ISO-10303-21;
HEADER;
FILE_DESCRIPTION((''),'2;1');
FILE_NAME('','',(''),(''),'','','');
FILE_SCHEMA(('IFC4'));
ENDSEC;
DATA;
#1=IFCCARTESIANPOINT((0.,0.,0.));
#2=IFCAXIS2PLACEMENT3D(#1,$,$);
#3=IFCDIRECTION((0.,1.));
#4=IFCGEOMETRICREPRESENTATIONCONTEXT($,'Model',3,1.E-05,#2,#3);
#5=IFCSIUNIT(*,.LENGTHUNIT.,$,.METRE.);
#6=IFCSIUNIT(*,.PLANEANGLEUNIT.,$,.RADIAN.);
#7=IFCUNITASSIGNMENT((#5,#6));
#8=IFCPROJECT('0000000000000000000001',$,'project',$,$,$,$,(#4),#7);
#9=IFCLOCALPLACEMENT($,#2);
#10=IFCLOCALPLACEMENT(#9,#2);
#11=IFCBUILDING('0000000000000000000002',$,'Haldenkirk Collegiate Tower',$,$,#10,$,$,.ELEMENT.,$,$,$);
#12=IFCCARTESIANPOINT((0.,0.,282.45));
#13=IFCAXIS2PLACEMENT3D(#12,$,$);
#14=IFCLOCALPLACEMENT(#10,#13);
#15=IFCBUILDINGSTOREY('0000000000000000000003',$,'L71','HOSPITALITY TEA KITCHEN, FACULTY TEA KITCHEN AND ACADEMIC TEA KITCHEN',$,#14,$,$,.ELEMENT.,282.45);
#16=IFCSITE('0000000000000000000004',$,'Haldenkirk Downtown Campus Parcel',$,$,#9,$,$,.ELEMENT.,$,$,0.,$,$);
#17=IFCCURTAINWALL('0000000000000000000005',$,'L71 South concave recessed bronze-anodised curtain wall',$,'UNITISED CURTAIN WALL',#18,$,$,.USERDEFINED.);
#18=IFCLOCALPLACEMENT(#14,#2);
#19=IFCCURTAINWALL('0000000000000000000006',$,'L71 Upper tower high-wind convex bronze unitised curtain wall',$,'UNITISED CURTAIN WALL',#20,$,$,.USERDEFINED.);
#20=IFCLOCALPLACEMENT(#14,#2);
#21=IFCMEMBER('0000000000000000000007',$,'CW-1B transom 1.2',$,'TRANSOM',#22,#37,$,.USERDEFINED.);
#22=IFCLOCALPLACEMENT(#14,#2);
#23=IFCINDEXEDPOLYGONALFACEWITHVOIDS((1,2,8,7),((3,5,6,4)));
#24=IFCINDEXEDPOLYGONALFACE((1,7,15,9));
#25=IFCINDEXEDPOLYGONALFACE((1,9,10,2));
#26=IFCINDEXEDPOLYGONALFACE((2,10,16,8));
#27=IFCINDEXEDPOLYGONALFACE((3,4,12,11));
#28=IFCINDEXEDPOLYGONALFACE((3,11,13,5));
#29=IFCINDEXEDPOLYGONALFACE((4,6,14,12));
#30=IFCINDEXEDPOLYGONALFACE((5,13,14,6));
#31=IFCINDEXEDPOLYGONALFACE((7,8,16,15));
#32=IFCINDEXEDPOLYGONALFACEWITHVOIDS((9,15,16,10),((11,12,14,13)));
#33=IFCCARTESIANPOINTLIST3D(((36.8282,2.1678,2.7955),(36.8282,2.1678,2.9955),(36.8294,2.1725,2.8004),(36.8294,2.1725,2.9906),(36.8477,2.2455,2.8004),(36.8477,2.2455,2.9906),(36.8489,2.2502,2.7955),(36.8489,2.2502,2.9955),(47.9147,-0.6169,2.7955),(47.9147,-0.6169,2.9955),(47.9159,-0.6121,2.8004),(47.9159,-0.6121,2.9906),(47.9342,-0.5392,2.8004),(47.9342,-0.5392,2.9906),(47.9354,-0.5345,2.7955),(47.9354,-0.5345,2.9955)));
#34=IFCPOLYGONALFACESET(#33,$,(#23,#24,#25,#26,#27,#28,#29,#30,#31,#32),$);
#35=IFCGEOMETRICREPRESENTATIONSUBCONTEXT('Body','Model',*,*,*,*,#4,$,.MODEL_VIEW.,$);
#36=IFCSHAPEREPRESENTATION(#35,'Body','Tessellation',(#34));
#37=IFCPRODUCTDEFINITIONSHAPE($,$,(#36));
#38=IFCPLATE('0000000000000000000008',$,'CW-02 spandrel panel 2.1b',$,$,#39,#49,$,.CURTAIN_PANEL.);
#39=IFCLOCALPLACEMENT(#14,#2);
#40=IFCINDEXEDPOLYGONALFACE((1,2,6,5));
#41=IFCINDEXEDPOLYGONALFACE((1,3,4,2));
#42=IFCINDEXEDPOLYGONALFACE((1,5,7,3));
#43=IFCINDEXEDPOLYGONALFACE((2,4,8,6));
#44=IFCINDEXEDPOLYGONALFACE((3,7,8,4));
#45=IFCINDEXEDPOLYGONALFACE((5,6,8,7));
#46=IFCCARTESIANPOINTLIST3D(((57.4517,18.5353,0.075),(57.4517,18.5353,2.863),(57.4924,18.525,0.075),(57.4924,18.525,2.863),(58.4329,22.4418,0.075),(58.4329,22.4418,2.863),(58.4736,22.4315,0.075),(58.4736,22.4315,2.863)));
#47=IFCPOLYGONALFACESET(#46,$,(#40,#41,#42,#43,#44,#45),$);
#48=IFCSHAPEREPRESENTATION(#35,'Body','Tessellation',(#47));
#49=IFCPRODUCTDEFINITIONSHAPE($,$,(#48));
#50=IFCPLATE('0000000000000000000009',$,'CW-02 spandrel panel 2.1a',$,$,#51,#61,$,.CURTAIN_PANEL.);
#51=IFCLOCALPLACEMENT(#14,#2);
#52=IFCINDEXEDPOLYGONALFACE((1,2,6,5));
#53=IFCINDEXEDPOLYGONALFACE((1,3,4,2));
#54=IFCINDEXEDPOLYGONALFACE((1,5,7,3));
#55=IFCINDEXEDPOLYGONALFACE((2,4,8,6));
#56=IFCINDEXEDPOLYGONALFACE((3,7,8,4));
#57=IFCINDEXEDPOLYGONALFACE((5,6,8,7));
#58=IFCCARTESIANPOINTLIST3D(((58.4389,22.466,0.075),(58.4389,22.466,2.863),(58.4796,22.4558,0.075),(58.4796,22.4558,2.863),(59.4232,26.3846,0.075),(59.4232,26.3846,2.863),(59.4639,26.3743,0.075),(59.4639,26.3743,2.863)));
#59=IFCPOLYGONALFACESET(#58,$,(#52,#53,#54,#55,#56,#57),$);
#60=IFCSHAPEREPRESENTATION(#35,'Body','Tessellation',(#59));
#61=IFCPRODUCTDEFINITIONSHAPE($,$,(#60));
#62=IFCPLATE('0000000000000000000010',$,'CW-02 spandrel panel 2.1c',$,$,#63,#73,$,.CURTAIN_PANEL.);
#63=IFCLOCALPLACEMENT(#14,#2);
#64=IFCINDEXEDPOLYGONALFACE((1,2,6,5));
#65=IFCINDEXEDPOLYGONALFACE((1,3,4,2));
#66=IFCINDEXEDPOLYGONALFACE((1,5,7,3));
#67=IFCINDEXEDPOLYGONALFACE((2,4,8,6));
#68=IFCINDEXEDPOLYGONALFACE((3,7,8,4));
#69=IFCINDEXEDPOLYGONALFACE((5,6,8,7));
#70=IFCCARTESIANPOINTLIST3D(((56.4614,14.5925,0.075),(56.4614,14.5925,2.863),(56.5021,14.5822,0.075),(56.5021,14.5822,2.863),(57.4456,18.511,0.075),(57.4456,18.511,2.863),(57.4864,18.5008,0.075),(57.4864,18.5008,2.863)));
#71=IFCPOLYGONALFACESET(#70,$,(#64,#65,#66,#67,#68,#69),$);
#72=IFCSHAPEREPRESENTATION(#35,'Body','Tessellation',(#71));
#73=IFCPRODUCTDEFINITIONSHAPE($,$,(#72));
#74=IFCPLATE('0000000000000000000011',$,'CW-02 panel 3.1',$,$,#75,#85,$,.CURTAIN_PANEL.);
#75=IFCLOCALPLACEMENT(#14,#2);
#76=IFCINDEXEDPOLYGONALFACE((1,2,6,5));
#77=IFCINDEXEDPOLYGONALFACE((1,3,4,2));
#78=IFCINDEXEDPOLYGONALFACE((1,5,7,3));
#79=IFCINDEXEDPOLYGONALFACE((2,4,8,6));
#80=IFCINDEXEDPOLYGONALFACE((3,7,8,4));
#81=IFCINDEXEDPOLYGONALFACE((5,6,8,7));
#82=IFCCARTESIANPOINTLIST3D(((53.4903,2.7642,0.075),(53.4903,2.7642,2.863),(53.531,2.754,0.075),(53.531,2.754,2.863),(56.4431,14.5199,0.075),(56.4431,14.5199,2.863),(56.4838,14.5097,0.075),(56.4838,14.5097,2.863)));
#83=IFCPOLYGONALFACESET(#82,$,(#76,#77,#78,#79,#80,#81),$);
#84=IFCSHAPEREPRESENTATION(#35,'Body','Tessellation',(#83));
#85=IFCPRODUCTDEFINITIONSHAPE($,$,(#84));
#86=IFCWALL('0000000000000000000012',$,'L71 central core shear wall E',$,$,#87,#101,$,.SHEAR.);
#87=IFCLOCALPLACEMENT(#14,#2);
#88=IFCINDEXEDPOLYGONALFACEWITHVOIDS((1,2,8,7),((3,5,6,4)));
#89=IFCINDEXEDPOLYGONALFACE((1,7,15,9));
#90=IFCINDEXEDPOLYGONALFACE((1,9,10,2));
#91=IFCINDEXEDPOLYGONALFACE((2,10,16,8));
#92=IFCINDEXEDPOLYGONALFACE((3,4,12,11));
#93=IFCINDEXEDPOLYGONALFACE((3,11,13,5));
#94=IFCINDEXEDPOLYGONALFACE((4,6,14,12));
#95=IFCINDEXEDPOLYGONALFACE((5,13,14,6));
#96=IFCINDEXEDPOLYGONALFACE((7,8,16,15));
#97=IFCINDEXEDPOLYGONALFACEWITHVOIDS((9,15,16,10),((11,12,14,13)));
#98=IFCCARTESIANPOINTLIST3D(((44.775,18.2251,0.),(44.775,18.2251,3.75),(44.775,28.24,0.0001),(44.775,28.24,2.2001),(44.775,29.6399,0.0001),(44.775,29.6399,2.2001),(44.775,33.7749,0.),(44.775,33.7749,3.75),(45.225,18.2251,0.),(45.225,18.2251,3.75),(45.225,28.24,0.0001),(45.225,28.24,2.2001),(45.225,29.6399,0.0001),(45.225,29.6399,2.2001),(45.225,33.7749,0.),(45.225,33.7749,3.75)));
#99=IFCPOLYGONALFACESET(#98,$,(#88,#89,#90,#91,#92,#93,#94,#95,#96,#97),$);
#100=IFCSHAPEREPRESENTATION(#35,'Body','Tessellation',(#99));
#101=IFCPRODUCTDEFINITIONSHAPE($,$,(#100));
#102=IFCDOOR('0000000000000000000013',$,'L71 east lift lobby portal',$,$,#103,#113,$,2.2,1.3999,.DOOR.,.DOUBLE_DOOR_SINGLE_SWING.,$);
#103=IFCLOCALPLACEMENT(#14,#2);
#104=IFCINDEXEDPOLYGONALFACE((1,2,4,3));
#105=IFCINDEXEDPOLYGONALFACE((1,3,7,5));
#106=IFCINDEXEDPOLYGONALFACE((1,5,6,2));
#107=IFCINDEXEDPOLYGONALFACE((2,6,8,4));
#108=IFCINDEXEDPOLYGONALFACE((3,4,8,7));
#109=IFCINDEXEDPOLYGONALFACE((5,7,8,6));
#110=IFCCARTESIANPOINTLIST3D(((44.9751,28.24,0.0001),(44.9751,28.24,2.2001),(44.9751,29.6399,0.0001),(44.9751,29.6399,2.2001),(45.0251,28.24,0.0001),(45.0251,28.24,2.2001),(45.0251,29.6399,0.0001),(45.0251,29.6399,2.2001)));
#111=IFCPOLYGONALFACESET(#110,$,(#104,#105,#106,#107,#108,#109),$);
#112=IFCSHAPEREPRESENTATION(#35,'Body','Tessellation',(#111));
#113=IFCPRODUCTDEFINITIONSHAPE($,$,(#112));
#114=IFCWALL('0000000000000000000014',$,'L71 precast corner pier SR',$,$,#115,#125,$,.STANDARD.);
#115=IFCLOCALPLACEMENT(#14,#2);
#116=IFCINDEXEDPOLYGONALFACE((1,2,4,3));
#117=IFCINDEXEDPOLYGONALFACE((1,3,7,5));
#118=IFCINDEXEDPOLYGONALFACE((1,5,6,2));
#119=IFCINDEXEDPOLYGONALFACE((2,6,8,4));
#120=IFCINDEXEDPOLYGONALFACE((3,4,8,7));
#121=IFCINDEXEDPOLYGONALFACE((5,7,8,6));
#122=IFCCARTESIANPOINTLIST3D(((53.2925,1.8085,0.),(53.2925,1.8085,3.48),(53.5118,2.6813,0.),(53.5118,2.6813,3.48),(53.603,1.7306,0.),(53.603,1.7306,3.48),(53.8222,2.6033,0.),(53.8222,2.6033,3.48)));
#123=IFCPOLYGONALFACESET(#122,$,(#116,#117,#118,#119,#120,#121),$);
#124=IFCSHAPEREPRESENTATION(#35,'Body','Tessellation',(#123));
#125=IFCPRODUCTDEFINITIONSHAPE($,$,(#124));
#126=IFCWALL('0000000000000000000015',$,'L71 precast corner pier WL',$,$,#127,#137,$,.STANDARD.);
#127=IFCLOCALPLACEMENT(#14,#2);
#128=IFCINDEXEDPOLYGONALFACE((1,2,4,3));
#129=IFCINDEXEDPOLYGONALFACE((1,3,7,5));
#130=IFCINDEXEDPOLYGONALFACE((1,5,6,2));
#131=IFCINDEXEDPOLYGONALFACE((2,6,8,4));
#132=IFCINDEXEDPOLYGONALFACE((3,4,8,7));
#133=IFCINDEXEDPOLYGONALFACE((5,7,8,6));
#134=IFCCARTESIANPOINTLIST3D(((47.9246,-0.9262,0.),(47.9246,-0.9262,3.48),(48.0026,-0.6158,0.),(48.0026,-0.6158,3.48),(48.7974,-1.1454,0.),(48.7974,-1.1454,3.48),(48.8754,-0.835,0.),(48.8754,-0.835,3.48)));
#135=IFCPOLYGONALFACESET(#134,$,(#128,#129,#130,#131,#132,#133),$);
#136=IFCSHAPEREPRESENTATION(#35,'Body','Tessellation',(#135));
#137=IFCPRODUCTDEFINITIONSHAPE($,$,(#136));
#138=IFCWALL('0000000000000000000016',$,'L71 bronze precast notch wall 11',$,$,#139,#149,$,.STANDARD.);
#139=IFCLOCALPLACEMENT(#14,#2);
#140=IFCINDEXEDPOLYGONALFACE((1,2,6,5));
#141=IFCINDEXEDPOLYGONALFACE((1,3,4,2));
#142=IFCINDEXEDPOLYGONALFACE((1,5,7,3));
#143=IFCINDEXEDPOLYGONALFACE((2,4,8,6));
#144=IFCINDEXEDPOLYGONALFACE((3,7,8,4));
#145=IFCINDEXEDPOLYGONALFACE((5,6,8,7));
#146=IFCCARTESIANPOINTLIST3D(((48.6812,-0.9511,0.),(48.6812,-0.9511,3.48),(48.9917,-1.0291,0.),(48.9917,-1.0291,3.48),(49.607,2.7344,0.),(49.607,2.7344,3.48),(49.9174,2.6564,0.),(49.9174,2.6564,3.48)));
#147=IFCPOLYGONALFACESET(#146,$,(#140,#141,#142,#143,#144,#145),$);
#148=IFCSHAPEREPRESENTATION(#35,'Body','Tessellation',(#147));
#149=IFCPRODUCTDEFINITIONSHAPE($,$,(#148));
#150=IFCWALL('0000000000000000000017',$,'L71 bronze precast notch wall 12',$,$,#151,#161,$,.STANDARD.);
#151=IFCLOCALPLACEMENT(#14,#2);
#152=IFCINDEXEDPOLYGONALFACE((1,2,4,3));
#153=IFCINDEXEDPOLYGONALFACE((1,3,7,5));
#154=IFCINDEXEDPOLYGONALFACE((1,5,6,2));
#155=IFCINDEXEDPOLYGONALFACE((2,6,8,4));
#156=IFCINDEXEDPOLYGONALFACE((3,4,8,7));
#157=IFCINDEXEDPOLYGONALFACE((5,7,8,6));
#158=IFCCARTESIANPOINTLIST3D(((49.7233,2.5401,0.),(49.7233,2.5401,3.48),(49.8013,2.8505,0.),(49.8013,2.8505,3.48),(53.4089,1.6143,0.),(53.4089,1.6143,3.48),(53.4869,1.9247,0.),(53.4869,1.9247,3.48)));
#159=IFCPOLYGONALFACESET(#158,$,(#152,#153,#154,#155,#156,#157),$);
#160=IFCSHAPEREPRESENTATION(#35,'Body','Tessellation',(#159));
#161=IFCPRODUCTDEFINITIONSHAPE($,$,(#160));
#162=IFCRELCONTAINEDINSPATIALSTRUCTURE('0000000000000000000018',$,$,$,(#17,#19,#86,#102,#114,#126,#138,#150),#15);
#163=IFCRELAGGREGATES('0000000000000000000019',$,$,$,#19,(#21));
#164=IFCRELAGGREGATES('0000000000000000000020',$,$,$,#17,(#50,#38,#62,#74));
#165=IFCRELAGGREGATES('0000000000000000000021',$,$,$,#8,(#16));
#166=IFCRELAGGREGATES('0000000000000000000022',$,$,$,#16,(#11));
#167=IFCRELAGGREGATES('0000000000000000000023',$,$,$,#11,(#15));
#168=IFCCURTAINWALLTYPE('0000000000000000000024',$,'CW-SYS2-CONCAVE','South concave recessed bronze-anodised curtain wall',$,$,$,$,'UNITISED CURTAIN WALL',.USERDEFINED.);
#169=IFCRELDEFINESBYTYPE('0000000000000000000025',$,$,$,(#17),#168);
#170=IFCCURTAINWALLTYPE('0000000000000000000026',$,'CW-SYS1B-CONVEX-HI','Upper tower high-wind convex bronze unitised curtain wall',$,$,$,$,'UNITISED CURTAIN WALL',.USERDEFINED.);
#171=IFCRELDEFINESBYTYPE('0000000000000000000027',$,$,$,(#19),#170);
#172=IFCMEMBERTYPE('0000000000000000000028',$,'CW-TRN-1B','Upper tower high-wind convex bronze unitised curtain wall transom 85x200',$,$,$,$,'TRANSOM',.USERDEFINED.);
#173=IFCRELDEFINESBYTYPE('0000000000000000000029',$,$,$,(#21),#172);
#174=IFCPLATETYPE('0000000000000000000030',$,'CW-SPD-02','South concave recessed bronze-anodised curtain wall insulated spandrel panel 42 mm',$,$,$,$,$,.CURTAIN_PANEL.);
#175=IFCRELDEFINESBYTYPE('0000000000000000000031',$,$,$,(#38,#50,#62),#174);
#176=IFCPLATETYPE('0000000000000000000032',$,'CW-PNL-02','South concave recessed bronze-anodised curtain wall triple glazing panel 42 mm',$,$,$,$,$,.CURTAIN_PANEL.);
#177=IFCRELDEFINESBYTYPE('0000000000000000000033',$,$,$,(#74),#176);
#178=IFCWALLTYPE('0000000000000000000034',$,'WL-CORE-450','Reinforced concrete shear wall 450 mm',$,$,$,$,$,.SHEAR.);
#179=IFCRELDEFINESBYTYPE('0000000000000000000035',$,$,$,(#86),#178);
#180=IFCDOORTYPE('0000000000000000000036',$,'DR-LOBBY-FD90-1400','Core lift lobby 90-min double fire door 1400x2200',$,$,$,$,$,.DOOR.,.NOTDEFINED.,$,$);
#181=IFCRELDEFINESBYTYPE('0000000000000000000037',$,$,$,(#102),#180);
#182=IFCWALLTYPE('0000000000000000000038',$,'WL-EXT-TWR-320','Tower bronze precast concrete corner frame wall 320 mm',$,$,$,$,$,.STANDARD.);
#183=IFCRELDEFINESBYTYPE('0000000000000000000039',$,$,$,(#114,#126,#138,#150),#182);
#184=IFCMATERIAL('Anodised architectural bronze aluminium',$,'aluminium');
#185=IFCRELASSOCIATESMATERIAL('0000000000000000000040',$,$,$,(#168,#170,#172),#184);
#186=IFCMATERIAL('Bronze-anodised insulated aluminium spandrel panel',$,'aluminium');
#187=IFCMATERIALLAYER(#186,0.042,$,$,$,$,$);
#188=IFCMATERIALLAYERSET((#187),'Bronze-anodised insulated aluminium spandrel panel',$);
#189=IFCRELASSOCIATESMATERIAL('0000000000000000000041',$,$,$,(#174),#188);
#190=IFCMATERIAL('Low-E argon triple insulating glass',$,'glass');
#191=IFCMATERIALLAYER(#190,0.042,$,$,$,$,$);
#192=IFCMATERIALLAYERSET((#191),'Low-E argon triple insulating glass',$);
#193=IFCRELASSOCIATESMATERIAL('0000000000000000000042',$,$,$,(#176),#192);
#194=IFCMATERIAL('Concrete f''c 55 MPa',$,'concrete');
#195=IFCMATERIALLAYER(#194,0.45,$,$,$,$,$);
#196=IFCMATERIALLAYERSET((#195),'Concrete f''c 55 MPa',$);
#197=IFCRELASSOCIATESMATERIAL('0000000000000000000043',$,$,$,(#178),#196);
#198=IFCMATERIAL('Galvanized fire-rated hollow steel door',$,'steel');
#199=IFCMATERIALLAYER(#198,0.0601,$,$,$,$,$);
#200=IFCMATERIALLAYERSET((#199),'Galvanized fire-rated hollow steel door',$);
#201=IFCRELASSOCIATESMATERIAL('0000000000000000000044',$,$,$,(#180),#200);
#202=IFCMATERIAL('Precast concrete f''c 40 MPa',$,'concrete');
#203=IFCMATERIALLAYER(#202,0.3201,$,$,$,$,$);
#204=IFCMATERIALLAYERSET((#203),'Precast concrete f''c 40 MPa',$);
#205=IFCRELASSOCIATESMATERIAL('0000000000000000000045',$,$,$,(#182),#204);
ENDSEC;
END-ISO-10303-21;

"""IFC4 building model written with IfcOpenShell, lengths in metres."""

from ifc_helpers import new_model, si_unit, direction, frame, frame_2d, origin, origin_2d, place, context, subcontext, project, spatial, rectangle, hollow_rectangle, extrude, source, transform, mapped, material, layer, layer_set, material_profile, profile_set, type_object, element, fill, aggregate, save


model = new_model("IFC4")

# Units and contexts
model_context = context("Model", 3, precision=1e-05, world=origin(), true_north=direction((0.0, 1.0)))
body_context = subcontext(model_context, "Body", "Model", "MODEL_VIEW")
ifc_project = project(units=[si_unit("LENGTHUNIT", "METRE"), si_unit("PLANEANGLEUNIT", "RADIAN")], contexts=[model_context])

# Site, building, storey
site_placement = place(None, origin())
site = spatial("IfcSite", under=ifc_project, at=site_placement, Name="Haldenkirk Downtown Campus Parcel", CompositionType="ELEMENT", RefElevation=0.0)
building_placement = place(site_placement, origin())
building = spatial("IfcBuilding", under=site, at=building_placement, Name="Haldenkirk Collegiate Tower", CompositionType="ELEMENT")
storey_placement = place(building_placement, frame((0.0, 0.0, 282.45)))
storey = spatial("IfcBuildingStorey", under=building, at=storey_placement, Name="L71", Description="HOSPITALITY TEA KITCHEN, FACULTY TEA KITCHEN AND ACADEMIC TEA KITCHEN", CompositionType="ELEMENT", Elevation=282.45)

# Curtain wall
ifc_material_1 = material(Name="Anodised architectural bronze aluminium", Category="aluminium")
curtain_wall_type_1 = type_object("IfcCurtainWallType", Name="CW-SYS2-CONCAVE", Description="South concave recessed bronze-anodised curtain wall", ElementType="UNITISED CURTAIN WALL", PredefinedType="USERDEFINED", material=ifc_material_1)
curtain_wall_1_placement = place(storey_placement, origin())
curtain_wall_1 = element("IfcCurtainWall", 1, at=curtain_wall_1_placement, inside=storey, type_object=curtain_wall_type_1, Name="L71 South concave recessed bronze-anodised curtain wall", ObjectType="UNITISED CURTAIN WALL", PredefinedType="USERDEFINED")

# Curtain wall
curtain_wall_type_2 = type_object("IfcCurtainWallType", Name="CW-SYS1B-CONVEX-HI", Description="Upper tower high-wind convex bronze unitised curtain wall", ElementType="UNITISED CURTAIN WALL", PredefinedType="USERDEFINED", material=ifc_material_1)
curtain_wall_2_placement = place(storey_placement, origin())
curtain_wall_2 = element("IfcCurtainWall", 2, at=curtain_wall_2_placement, inside=storey, type_object=curtain_wall_type_2, Name="L71 Upper tower high-wind convex bronze unitised curtain wall", ObjectType="UNITISED CURTAIN WALL", PredefinedType="USERDEFINED")

# Member
ifc_material_profile_1 = material_profile(ifc_material_1, hollow_rectangle(XDim=0.085, YDim=0.2, WallThickness=0.0049, at=origin_2d()), Name="CW-TRN-1B")
ifc_profile_set_1 = profile_set([ifc_material_profile_1], Name="Anodised architectural bronze aluminium")
member_type_1 = type_object("IfcMemberType", Name="CW-TRN-1B", Description="Upper tower high-wind convex bronze unitised curtain wall transom 85x200", ElementType="TRANSOM", PredefinedType="USERDEFINED", material=ifc_profile_set_1)
member_1_placement = place(storey_placement, frame((47.925, -0.5757, 2.8955), z_axis=(-0.969873, 0.243611, 0.0), x_axis=(-0.243611, -0.969873, 0.0)))
member_1 = element("IfcMember", 3, at=member_1_placement, type_object=member_type_1, Name="CW-1B transom 1.2", ObjectType="TRANSOM", PredefinedType="USERDEFINED", context=body_context, shape_type="SweptSolid", body=[
    extrude(hollow_rectangle(XDim=0.085, YDim=0.2, WallThickness=0.0049, at=origin_2d()), origin(), (0.0, 0.0, 1.0), 11.4309),
])
aggregate(curtain_wall_2, [member_1])

# Plates
ifc_material_2 = material(Name="Bronze-anodised insulated aluminium spandrel panel", Category="aluminium")
ifc_layer_1 = layer(ifc_material_2, 0.042)
ifc_layer_set_1 = layer_set([ifc_layer_1], Name="Bronze-anodised insulated aluminium spandrel panel")
plate_type_1 = type_object("IfcPlateType", Name="CW-SPD-02", Description="South concave recessed bronze-anodised curtain wall insulated spandrel panel 42 mm", PredefinedType="CURTAIN_PANEL", material=ifc_layer_set_1)
shared_shape_1 = source(origin(), body_context, "Body", "SweptSolid", [
    extrude(rectangle(XDim=4.0278, YDim=0.042, at=origin_2d()), origin(), (0.0, 0.0, 1.0), 2.7881),
])
plate_1_placement = place(storey_placement, frame((57.9626, 20.4834, 0.075), z_axis=(0.0, 0.0, 1.0), x_axis=(-0.243614, -0.969872, 0.0)))
plate_1 = element("IfcPlate", 4, at=plate_1_placement, type_object=plate_type_1, Name="CW-02 spandrel panel 2.1b", PredefinedType="CURTAIN_PANEL", context=body_context, shape_type="MappedRepresentation", body=[
    mapped(shared_shape_1, transform((0.0, 0.0, 0.0), x_axis=(1.0, 0.0, 0.0), y_axis=(0.0, 1.0, 0.0), z_axis=(0.0, 0.0, 1.0), scale=1.0)),
])
shared_shape_2 = source(origin(), body_context, "Body", "SweptSolid", [
    extrude(rectangle(XDim=4.0403, YDim=0.042, at=origin_2d()), origin(), (0.0, 0.0, 1.0), 2.7881),
])
plate_2_placement = place(storey_placement, frame((58.9514, 24.4202, 0.075), z_axis=(0.0, 0.0, 1.0), x_axis=(-0.243614, -0.969872, 0.0)))
plate_2 = element("IfcPlate", 5, at=plate_2_placement, type_object=plate_type_1, Name="CW-02 spandrel panel 2.1a", PredefinedType="CURTAIN_PANEL", context=body_context, shape_type="MappedRepresentation", body=[
    mapped(shared_shape_2, transform((0.0, 0.0, 0.0), x_axis=(1.0, 0.0, 0.0), y_axis=(0.0, 1.0, 0.0), z_axis=(0.0, 0.0, 1.0), scale=1.0)),
])
plate_3_placement = place(storey_placement, frame((56.9739, 16.5466, 0.075), z_axis=(0.0, 0.0, 1.0), x_axis=(-0.243614, -0.969872, 0.0)))
plate_3 = element("IfcPlate", 6, at=plate_3_placement, type_object=plate_type_1, Name="CW-02 spandrel panel 2.1c", PredefinedType="CURTAIN_PANEL", context=body_context, shape_type="MappedRepresentation", body=[
    mapped(shared_shape_2, transform((0.0, 0.0, 0.0), x_axis=(1.0, 0.0, 0.0), y_axis=(0.0, 1.0, 0.0), z_axis=(0.0, 0.0, 1.0), scale=1.0)),
])
ifc_material_3 = material(Name="Low-E argon triple insulating glass", Category="glass")
ifc_layer_2 = layer(ifc_material_3, 0.042)
ifc_layer_set_2 = layer_set([ifc_layer_2], Name="Low-E argon triple insulating glass")
plate_type_2 = type_object("IfcPlateType", Name="CW-PNL-02", Description="South concave recessed bronze-anodised curtain wall triple glazing panel 42 mm", PredefinedType="CURTAIN_PANEL", material=ifc_layer_set_2)
shared_shape_3 = source(origin(), body_context, "Body", "SweptSolid", [
    extrude(rectangle(XDim=12.1208, YDim=0.042, at=origin_2d()), origin(), (0.0, 0.0, 1.0), 2.7881),
])
plate_4_placement = place(storey_placement, frame((54.9871, 8.637, 0.075), z_axis=(0.0, 0.0, 1.0), x_axis=(-0.243614, -0.969872, 0.0)))
plate_4 = element("IfcPlate", 7, at=plate_4_placement, type_object=plate_type_2, Name="CW-02 panel 3.1", PredefinedType="CURTAIN_PANEL", context=body_context, shape_type="MappedRepresentation", body=[
    mapped(shared_shape_3, transform((0.0, 0.0, 0.0), x_axis=(1.0, 0.0, 0.0), y_axis=(0.0, 1.0, 0.0), z_axis=(0.0, 0.0, 1.0), scale=1.0)),
])
aggregate(curtain_wall_1, [plate_2, plate_1, plate_3, plate_4])

# Wall, opening, door
ifc_material_4 = material(Name="Concrete f'c 55 MPa", Category="concrete")
ifc_layer_3 = layer(ifc_material_4, 0.45)
ifc_layer_set_3 = layer_set([ifc_layer_3], Name="Concrete f'c 55 MPa")
wall_type_1 = type_object("IfcWallType", Name="WL-CORE-450", Description="Reinforced concrete shear wall 450 mm", PredefinedType="SHEAR", material=ifc_layer_set_3)
wall_1_placement = place(storey_placement, frame((45.0, 18.2251, 0.0), z_axis=(0.0, 0.0, 1.0), x_axis=(0.0, 1.0, 0.0)))
wall_1 = element("IfcWall", 8, at=wall_1_placement, inside=storey, type_object=wall_type_1, Name="L71 central core shear wall E", PredefinedType="SHEAR", context=body_context, shape_type="SweptSolid", body=[
    extrude(rectangle(XDim=15.5498, YDim=0.45, at=frame_2d((7.7749, 0.0))), origin(), (0.0, 0.0, 1.0), 3.75),
])
opening_1_placement = place(wall_1_placement, frame((10.0149, 0.0, 0.0)))
opening_1 = element("IfcOpeningElement", 9, at=opening_1_placement, cuts=wall_1, PredefinedType="OPENING", context=body_context, shape_type="SweptSolid", body=[
    extrude(rectangle(XDim=1.3999, YDim=2.2, at=frame_2d((0.7, 1.1001))), frame((0.0, 0.2349, 0.0), z_axis=(0.0, -1.0, 0.0), x_axis=(1.0, 0.0, 0.0)), (0.0, 0.0, 1.0), 0.47),
])
ifc_material_5 = material(Name="Galvanized fire-rated hollow steel door", Category="steel")
ifc_layer_4 = layer(ifc_material_5, 0.0601)
ifc_layer_set_4 = layer_set([ifc_layer_4], Name="Galvanized fire-rated hollow steel door")
door_type_1 = type_object("IfcDoorType", Name="DR-LOBBY-FD90-1400", Description="Core lift lobby 90-min double fire door 1400x2200", OperationType="NOTDEFINED", PredefinedType="DOOR", material=ifc_layer_set_4)
door_1_placement = place(opening_1_placement, origin())
door_1 = element("IfcDoor", 10, at=door_1_placement, inside=storey, type_object=door_type_1, Name="L71 east lift lobby portal", OperationType="DOUBLE_DOOR_SINGLE_SWING", OverallHeight=2.2, OverallWidth=1.3999, PredefinedType="DOOR", context=body_context, shape_type="SweptSolid", body=[
    extrude(rectangle(XDim=1.3999, YDim=2.2, at=frame_2d((0.7, 1.1001))), frame((0.0, 0.0249, 0.0), z_axis=(0.0, -1.0, 0.0), x_axis=(1.0, 0.0, 0.0)), (0.0, 0.0, 1.0), 0.05),
])
fill(opening_1, door_1)

# Walls
ifc_material_6 = material(Name="Precast concrete f'c 40 MPa", Category="concrete")
ifc_layer_5 = layer(ifc_material_6, 0.3201)
ifc_layer_set_5 = layer_set([ifc_layer_5], Name="Precast concrete f'c 40 MPa")
wall_type_2 = type_object("IfcWallType", Name="WL-EXT-TWR-320", Description="Tower bronze precast concrete corner frame wall 320 mm", PredefinedType="STANDARD", material=ifc_layer_set_5)
for number, where, z_axis, x_axis, name in (
    (11, (53.667, 2.6423, 0.0), (0.0, 0.0, 1.0), (-0.243621, -0.969871, 0.0), "L71 precast corner pier SR"),
    (12, (48.8364, -0.9902, 0.0), (0.0, 0.0, 1.0), (-0.969871, 0.243621, 0.0), "L71 precast corner pier WL"),
):
    element("IfcWall", number, at=place(storey_placement, frame(where, z_axis=z_axis, x_axis=x_axis)), inside=storey, type_object=wall_type_2, Name=name, PredefinedType="STANDARD", context=body_context, shape_type="SweptSolid", body=[
        extrude(rectangle(XDim=0.8999, YDim=0.3201, at=frame_2d((0.45, 0.0))), origin(), (0.0, 0.0, 1.0), 3.48),
    ])
for number, where, z_axis, x_axis, name in (
    (13, (49.7622, 2.6953, 0.0), (0.0, 0.0, 1.0), (-0.243624, -0.96987, 0.0), "L71 bronze precast notch wall 11"),
    (14, (53.4478, 1.7695, 0.0), (0.0, 0.0, 1.0), (-0.96987, 0.243624, 0.0), "L71 bronze precast notch wall 12"),
):
    element("IfcWall", number, at=place(storey_placement, frame(where, z_axis=z_axis, x_axis=x_axis)), inside=storey, type_object=wall_type_2, Name=name, PredefinedType="STANDARD", context=body_context, shape_type="SweptSolid", body=[
        extrude(rectangle(XDim=3.8, YDim=0.3201, at=frame_2d((1.8999, 0.0))), origin(), (0.0, 0.0, 1.0), 3.48),
    ])

save(model, "model.ifc")
